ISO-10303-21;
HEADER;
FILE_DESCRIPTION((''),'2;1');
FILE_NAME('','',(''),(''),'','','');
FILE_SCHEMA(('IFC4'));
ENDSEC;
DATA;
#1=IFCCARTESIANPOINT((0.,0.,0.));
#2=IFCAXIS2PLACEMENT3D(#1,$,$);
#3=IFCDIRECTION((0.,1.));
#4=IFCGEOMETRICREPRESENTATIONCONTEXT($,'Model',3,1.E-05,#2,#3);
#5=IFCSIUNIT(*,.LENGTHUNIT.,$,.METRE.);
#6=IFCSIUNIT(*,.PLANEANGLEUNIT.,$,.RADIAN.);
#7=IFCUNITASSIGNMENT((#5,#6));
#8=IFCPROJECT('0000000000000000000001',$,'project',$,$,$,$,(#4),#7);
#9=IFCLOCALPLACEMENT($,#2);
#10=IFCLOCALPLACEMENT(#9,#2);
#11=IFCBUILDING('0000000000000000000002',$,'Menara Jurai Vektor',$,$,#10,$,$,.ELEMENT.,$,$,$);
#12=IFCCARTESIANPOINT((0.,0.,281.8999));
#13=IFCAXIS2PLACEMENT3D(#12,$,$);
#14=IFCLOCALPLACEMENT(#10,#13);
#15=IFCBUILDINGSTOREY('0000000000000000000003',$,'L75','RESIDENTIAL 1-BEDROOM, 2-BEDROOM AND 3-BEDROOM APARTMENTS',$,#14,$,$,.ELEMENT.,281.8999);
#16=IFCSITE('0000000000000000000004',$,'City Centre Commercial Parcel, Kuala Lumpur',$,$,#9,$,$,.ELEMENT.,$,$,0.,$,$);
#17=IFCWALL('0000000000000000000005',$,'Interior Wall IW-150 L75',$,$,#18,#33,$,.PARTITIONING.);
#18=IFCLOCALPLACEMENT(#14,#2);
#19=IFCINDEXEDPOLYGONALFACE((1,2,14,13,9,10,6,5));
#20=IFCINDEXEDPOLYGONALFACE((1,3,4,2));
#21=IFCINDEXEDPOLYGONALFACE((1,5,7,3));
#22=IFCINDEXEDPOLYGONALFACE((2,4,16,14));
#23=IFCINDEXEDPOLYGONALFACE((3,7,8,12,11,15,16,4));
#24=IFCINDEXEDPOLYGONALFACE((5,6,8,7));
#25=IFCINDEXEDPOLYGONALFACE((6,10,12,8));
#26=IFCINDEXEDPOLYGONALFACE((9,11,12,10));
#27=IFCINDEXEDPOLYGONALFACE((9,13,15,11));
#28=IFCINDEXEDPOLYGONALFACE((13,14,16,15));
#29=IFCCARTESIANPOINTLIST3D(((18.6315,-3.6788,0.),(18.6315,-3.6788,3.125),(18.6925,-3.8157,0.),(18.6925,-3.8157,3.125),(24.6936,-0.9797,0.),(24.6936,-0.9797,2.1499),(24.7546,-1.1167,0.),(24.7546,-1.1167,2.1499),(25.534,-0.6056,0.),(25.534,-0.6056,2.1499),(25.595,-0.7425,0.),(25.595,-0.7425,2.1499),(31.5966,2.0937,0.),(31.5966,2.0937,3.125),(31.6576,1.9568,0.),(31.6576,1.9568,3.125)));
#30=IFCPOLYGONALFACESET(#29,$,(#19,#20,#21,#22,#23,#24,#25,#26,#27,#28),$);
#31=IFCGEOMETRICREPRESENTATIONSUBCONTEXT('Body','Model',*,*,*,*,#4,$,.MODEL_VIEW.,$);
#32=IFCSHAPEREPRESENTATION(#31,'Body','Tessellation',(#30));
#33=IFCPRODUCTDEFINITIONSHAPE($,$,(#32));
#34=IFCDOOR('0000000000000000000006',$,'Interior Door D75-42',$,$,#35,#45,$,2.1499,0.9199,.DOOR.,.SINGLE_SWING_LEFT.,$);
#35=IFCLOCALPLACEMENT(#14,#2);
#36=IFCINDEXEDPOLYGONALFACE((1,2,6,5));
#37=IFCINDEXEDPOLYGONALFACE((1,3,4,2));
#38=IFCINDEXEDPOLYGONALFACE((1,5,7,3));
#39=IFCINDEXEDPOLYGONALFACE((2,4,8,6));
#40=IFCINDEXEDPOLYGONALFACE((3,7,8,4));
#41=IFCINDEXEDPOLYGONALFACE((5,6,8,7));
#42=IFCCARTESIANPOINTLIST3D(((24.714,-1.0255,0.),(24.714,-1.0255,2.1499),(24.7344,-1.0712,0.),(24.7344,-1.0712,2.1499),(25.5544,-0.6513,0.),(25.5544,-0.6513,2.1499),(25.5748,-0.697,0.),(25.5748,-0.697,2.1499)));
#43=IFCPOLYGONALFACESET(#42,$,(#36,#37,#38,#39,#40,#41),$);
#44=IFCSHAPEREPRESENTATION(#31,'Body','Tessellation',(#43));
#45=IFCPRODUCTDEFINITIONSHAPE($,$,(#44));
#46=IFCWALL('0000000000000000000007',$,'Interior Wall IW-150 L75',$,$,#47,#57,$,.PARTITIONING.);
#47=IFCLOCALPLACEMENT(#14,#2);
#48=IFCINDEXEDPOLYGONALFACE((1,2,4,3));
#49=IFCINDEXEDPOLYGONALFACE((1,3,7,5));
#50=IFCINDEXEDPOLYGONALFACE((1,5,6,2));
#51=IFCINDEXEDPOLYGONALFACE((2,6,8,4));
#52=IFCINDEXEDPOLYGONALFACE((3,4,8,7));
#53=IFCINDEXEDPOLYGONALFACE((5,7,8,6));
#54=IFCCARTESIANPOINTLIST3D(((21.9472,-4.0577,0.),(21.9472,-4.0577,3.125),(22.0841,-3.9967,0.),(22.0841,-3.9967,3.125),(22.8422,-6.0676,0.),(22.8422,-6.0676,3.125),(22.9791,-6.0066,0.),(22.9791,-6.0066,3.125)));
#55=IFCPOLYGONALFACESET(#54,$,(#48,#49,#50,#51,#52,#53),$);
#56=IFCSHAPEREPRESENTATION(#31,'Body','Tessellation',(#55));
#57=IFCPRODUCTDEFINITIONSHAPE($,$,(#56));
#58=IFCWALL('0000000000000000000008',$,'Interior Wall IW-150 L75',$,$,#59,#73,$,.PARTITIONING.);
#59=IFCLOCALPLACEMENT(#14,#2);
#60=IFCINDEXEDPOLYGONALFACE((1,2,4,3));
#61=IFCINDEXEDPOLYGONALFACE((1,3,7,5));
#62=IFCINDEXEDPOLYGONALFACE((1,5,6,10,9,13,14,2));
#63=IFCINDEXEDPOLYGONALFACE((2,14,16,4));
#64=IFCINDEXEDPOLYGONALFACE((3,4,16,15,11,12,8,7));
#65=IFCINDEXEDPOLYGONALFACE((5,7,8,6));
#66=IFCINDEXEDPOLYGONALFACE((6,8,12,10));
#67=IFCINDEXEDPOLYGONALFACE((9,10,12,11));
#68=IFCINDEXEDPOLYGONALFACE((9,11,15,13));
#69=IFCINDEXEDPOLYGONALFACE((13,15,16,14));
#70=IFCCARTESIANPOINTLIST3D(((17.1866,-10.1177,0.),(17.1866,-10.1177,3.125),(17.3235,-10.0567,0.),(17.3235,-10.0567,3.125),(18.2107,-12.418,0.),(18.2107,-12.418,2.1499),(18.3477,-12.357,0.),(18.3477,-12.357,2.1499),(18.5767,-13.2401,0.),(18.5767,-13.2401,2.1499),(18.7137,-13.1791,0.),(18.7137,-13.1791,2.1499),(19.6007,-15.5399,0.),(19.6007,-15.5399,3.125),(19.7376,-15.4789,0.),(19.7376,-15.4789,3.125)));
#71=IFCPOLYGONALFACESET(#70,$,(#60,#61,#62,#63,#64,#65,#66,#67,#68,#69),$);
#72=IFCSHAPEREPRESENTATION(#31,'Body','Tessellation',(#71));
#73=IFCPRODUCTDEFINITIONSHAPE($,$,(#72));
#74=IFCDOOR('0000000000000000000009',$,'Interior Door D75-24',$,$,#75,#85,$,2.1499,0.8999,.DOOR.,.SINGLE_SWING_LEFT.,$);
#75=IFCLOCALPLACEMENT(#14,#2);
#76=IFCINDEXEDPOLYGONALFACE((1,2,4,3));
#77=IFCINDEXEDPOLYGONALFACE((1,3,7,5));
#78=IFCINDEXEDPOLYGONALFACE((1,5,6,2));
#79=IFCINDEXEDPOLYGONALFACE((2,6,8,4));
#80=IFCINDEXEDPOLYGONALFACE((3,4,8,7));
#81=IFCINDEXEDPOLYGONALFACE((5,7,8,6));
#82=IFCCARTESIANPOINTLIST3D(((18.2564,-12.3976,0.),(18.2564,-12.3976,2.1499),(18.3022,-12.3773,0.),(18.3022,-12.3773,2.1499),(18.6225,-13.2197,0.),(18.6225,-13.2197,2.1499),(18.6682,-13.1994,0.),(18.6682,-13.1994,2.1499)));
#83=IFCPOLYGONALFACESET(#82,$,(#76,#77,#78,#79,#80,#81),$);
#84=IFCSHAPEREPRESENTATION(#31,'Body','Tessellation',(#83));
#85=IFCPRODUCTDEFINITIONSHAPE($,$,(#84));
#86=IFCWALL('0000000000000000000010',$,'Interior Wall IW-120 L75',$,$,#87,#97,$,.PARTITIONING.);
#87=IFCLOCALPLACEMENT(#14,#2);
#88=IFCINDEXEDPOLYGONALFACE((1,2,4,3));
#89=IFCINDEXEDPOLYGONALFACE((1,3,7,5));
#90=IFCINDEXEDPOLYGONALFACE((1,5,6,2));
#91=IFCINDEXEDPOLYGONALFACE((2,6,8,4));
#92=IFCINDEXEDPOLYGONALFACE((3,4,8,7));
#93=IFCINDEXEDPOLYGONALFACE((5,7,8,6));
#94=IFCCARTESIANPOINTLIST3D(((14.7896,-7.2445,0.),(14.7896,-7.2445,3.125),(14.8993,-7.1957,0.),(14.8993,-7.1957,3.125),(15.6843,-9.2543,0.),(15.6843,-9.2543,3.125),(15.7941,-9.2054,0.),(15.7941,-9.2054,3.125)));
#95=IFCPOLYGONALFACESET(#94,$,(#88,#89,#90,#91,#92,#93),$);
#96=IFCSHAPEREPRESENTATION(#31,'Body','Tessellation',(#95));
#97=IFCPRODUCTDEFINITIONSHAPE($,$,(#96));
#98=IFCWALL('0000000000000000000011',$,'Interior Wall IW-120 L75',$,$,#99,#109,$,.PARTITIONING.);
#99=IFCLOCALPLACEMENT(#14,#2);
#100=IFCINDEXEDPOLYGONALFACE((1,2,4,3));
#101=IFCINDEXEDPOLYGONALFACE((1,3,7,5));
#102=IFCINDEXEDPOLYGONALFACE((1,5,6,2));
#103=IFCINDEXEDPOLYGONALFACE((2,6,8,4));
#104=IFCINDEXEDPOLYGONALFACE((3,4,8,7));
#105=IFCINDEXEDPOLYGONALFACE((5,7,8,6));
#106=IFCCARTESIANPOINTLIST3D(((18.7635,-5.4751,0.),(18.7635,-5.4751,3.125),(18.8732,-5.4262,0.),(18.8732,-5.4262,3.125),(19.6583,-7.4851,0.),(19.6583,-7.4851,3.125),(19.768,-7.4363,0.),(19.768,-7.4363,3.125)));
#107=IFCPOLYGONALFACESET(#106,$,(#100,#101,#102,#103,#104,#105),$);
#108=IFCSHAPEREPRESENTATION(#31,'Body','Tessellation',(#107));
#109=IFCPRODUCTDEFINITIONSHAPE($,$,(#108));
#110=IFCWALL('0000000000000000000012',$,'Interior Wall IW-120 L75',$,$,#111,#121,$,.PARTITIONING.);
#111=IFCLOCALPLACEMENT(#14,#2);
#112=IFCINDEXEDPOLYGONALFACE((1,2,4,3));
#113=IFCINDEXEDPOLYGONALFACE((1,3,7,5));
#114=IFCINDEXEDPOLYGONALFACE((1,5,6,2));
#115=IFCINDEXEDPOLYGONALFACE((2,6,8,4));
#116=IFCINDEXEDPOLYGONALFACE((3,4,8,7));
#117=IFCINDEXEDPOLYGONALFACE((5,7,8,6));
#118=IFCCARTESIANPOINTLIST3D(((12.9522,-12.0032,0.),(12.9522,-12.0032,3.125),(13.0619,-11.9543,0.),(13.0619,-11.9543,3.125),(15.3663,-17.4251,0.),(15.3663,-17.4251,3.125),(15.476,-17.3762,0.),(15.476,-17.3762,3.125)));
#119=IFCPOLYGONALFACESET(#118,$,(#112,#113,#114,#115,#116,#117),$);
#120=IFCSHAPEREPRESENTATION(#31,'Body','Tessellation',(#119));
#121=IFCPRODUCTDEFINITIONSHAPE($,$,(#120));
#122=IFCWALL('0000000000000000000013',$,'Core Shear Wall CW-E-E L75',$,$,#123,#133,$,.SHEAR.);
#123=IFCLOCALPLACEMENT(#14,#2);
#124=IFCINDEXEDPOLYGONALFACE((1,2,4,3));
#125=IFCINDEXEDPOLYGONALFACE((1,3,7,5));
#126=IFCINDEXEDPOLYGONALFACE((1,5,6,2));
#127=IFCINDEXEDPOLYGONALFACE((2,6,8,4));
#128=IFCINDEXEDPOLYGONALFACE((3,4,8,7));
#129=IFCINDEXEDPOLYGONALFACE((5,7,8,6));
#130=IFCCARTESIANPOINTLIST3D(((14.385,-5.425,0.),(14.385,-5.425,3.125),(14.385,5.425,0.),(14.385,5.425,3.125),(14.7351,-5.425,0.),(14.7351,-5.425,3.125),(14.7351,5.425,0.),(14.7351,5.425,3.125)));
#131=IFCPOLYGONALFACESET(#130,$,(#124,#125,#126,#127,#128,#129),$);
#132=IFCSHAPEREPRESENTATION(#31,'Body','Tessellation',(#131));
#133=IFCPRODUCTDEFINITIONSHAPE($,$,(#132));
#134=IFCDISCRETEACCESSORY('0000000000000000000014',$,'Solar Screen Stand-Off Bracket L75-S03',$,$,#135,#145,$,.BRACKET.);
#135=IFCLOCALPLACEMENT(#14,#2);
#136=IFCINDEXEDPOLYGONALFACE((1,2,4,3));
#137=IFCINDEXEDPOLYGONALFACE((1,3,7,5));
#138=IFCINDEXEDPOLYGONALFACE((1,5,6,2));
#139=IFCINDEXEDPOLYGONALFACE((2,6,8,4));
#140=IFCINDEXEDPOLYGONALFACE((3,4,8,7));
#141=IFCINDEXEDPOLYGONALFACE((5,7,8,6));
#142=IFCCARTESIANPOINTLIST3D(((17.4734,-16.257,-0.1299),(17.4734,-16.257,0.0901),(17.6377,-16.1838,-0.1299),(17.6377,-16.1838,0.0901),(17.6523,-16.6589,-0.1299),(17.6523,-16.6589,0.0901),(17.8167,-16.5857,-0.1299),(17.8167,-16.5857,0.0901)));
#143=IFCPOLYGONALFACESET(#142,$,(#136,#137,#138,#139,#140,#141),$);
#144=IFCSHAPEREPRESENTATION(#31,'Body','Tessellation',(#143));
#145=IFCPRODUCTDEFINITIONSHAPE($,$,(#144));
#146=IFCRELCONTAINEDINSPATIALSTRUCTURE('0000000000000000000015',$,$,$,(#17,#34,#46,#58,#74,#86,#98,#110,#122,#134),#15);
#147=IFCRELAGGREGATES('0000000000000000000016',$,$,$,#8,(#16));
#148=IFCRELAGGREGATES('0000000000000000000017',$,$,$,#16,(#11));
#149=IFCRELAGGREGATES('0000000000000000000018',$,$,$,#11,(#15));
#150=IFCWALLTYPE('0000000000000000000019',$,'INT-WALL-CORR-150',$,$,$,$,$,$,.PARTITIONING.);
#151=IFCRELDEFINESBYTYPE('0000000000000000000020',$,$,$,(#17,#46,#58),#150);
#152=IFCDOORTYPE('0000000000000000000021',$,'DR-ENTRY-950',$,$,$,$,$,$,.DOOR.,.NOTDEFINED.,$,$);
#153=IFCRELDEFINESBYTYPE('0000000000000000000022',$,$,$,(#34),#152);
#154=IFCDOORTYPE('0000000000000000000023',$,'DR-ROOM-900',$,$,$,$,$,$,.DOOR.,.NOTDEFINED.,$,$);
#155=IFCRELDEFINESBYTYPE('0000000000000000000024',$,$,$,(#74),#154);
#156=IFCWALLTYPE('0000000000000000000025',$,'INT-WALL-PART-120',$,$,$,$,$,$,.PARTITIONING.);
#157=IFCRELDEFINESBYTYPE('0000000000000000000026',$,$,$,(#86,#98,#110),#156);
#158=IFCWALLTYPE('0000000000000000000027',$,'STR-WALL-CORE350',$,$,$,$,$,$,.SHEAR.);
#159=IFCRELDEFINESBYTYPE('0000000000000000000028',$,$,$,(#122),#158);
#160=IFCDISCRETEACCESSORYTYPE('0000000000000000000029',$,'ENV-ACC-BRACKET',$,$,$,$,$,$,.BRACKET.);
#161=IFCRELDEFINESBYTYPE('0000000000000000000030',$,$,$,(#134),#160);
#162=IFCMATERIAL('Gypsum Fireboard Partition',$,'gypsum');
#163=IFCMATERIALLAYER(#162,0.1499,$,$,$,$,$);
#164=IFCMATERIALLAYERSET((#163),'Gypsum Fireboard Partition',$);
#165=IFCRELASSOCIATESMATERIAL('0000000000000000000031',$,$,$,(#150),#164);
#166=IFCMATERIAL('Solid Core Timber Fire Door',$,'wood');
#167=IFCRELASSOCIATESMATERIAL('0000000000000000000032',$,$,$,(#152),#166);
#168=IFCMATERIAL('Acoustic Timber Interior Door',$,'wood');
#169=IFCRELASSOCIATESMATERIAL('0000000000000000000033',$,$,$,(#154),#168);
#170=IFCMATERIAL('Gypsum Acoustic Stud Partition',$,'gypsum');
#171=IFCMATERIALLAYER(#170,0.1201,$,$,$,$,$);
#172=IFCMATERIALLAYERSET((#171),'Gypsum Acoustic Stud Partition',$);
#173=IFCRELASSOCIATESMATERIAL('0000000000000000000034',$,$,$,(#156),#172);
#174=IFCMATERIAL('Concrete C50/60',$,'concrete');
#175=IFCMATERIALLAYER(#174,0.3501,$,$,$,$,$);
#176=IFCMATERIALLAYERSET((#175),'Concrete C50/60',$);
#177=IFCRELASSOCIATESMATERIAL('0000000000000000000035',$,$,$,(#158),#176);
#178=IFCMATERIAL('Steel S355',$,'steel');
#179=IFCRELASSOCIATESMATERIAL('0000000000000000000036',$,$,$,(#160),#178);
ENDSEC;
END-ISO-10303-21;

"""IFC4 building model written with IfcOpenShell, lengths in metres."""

from ifc_helpers import new_model, si_unit, direction, frame, frame_2d, origin, origin_2d, place, context, subcontext, project, spatial, rectangle, extrude, material, layer, layer_set, type_object, element, fill, save


model = new_model("IFC4")

# Units and contexts
model_context = context("Model", 3, precision=1e-05, world=origin(), true_north=direction((0.0, 1.0)))
body_context = subcontext(model_context, "Body", "Model", "MODEL_VIEW")
ifc_project = project(units=[si_unit("LENGTHUNIT", "METRE"), si_unit("PLANEANGLEUNIT", "RADIAN")], contexts=[model_context])

# Site, building, storey
site_placement = place(None, origin())
site = spatial("IfcSite", under=ifc_project, at=site_placement, Name="City Centre Commercial Parcel, Kuala Lumpur", CompositionType="ELEMENT", RefElevation=0.0)
building_placement = place(site_placement, origin())
building = spatial("IfcBuilding", under=site, at=building_placement, Name="Menara Jurai Vektor", CompositionType="ELEMENT")
storey_placement = place(building_placement, frame((0.0, 0.0, 281.8999)))
storey = spatial("IfcBuildingStorey", under=building, at=storey_placement, Name="L75", Description="RESIDENTIAL 1-BEDROOM, 2-BEDROOM AND 3-BEDROOM APARTMENTS", CompositionType="ELEMENT", Elevation=281.8999)

# Shared definitions
ifc_material_1 = material(Name="Concrete C50/60", Category="concrete")

# Shared definitions
ifc_material_2 = material(Name="Steel S355", Category="steel")

# Shared definitions
ifc_material_3 = material(Name="Gypsum Fireboard Partition", Category="gypsum")
ifc_layer_1 = layer(ifc_material_3, 0.1499)
ifc_layer_set_1 = layer_set([ifc_layer_1], Name="Gypsum Fireboard Partition")
wall_type_1 = type_object("IfcWallType", Name="INT-WALL-CORR-150", PredefinedType="PARTITIONING", material=ifc_layer_set_1)
ifc_material_4 = material(Name="Solid Core Timber Fire Door", Category="wood")
door_type_1 = type_object("IfcDoorType", Name="DR-ENTRY-950", OperationType="NOTDEFINED", PredefinedType="DOOR", material=ifc_material_4)

# Wall, opening, door
wall_1_placement = place(storey_placement, frame((18.6619, -3.7473, 0.0), z_axis=(0.0, 0.0, 1.0), x_axis=(0.913545, 0.406739, 0.0)))
wall_1 = element("IfcWall", 1, at=wall_1_placement, inside=storey, type_object=wall_type_1, Name="Interior Wall IW-150 L75", PredefinedType="PARTITIONING", context=body_context, shape_type="SweptSolid", body=[
    extrude(rectangle(XDim=14.1921, YDim=0.1499, at=frame_2d((7.0962, 0.0))), origin(), (0.0, 0.0, 1.0), 3.125),
])
opening_1_placement = place(wall_1_placement, frame((6.636, 0.0, 0.0)))
opening_1 = element("IfcOpeningElement", 2, at=opening_1_placement, cuts=wall_1, PredefinedType="OPENING", context=body_context, shape_type="SweptSolid", body=[
    extrude(rectangle(XDim=0.9199, YDim=2.1499, at=frame_2d((0.46, 1.075))), frame((0.0, 0.085, 0.0), z_axis=(0.0, -1.0, 0.0), x_axis=(1.0, 0.0, 0.0)), (0.0, 0.0, 1.0), 0.1699),
])
door_1_placement = place(opening_1_placement, origin())
door_1 = element("IfcDoor", 3, at=door_1_placement, inside=storey, type_object=door_type_1, Name="Interior Door D75-42", OperationType="SINGLE_SWING_LEFT", OverallHeight=2.1499, OverallWidth=0.9199, PredefinedType="DOOR", context=body_context, shape_type="SweptSolid", body=[
    extrude(rectangle(XDim=0.9199, YDim=2.1499, at=frame_2d((0.46, 1.075))), frame((0.0, 0.0249, 0.0), z_axis=(0.0, -1.0, 0.0), x_axis=(1.0, 0.0, 0.0)), (0.0, 0.0, 1.0), 0.05),
])
fill(opening_1, door_1)
ifc_material_5 = material(Name="Acoustic Timber Interior Door", Category="wood")
door_type_2 = type_object("IfcDoorType", Name="DR-ROOM-900", OperationType="NOTDEFINED", PredefinedType="DOOR", material=ifc_material_5)

# Wall
wall_2_placement = place(storey_placement, frame((22.9106, -6.0371, 0.0), z_axis=(0.0, 0.0, 1.0), x_axis=(-0.406777, 0.913528, 0.0)))
element("IfcWall", 4, at=wall_2_placement, inside=storey, type_object=wall_type_1, Name="Interior Wall IW-150 L75", PredefinedType="PARTITIONING", context=body_context, shape_type="SweptSolid", body=[
    extrude(rectangle(XDim=2.2002, YDim=0.1499, at=frame_2d((1.1001, 0.0))), origin(), (0.0, 0.0, 1.0), 3.125),
])

# Wall, opening, door
wall_3_placement = place(storey_placement, frame((19.6692, -15.5095, 0.0), z_axis=(0.0, 0.0, 1.0), x_axis=(-0.406734, 0.913547, 0.0)))
wall_3 = element("IfcWall", 5, at=wall_3_placement, inside=storey, type_object=wall_type_1, Name="Interior Wall IW-150 L75", PredefinedType="PARTITIONING", context=body_context, shape_type="SweptSolid", body=[
    extrude(rectangle(XDim=5.9353, YDim=0.1499, at=frame_2d((2.9678, 0.0))), origin(), (0.0, 0.0, 1.0), 3.125),
])
opening_2_placement = place(wall_3_placement, frame((2.5176, 0.0, 0.0)))
opening_2 = element("IfcOpeningElement", 6, at=opening_2_placement, cuts=wall_3, PredefinedType="OPENING", context=body_context, shape_type="SweptSolid", body=[
    extrude(rectangle(XDim=0.8999, YDim=2.1499, at=frame_2d((0.45, 1.075))), frame((0.0, 0.085, 0.0), z_axis=(0.0, -1.0, 0.0), x_axis=(1.0, 0.0, 0.0)), (0.0, 0.0, 1.0), 0.1699),
])
door_2_placement = place(opening_2_placement, origin())
door_2 = element("IfcDoor", 7, at=door_2_placement, inside=storey, type_object=door_type_2, Name="Interior Door D75-24", OperationType="SINGLE_SWING_LEFT", OverallHeight=2.1499, OverallWidth=0.8999, PredefinedType="DOOR", context=body_context, shape_type="SweptSolid", body=[
    extrude(rectangle(XDim=0.8999, YDim=2.1499, at=frame_2d((0.45, 1.075))), frame((0.0, 0.0249, 0.0), z_axis=(0.0, -1.0, 0.0), x_axis=(1.0, 0.0, 0.0)), (0.0, 0.0, 1.0), 0.05),
])
fill(opening_2, door_2)

# Walls
ifc_material_6 = material(Name="Gypsum Acoustic Stud Partition", Category="gypsum")
ifc_layer_2 = layer(ifc_material_6, 0.1201)
ifc_layer_set_2 = layer_set([ifc_layer_2], Name="Gypsum Acoustic Stud Partition")
wall_type_2 = type_object("IfcWallType", Name="INT-WALL-PART-120", PredefinedType="PARTITIONING", material=ifc_layer_set_2)
wall_4_placement = place(storey_placement, frame((15.7393, -9.23, 0.0), z_axis=(0.0, 0.0, 1.0), x_axis=(-0.406725, 0.913551, 0.0)))
element("IfcWall", 8, at=wall_4_placement, inside=storey, type_object=wall_type_2, Name="Interior Wall IW-120 L75", PredefinedType="PARTITIONING", context=body_context, shape_type="SweptSolid", body=[
    extrude(rectangle(XDim=2.2, YDim=0.1201, at=frame_2d((1.1001, 0.0))), origin(), (0.0, 0.0, 1.0), 3.125),
])
wall_5_placement = place(storey_placement, frame((19.7131, -7.4607, 0.0), z_axis=(0.0, 0.0, 1.0), x_axis=(-0.406684, 0.913569, 0.0)))
element("IfcWall", 9, at=wall_5_placement, inside=storey, type_object=wall_type_2, Name="Interior Wall IW-120 L75", PredefinedType="PARTITIONING", context=body_context, shape_type="SweptSolid", body=[
    extrude(rectangle(XDim=2.2002, YDim=0.1201, at=frame_2d((1.1001, 0.0))), origin(), (0.0, 0.0, 1.0), 3.125),
])
wall_6_placement = place(storey_placement, frame((15.4211, -17.4006, 0.0), z_axis=(0.0, 0.0, 1.0), x_axis=(-0.406749, 0.91354, 0.0)))
element("IfcWall", 10, at=wall_6_placement, inside=storey, type_object=wall_type_2, Name="Interior Wall IW-120 L75", PredefinedType="PARTITIONING", context=body_context, shape_type="SweptSolid", body=[
    extrude(rectangle(XDim=5.9351, YDim=0.1201, at=frame_2d((2.9675, 0.0))), origin(), (0.0, 0.0, 1.0), 3.125),
])
ifc_layer_3 = layer(ifc_material_1, 0.3501)
ifc_layer_set_3 = layer_set([ifc_layer_3], Name="Concrete C50/60")
wall_type_3 = type_object("IfcWallType", Name="STR-WALL-CORE350", PredefinedType="SHEAR", material=ifc_layer_set_3)
wall_7_placement = place(storey_placement, frame((14.5601, -5.425, 0.0), z_axis=(0.0, 0.0, 1.0), x_axis=(0.0, 1.0, 0.0)))
element("IfcWall", 11, at=wall_7_placement, inside=storey, type_object=wall_type_3, Name="Core Shear Wall CW-E-E L75", PredefinedType="SHEAR", context=body_context, shape_type="SweptSolid", body=[
    extrude(rectangle(XDim=10.8501, YDim=0.3501, at=frame_2d((5.425, 0.0))), origin(), (0.0, 0.0, 1.0), 3.125),
])

# Discrete accessory
discrete_accessory_type = type_object("IfcDiscreteAccessoryType", Name="ENV-ACC-BRACKET", PredefinedType="BRACKET", material=ifc_material_2)
discrete_accessory_placement = place(storey_placement, frame((17.645, -16.4214, -0.1299), z_axis=(0.0, 0.0, 1.0), x_axis=(0.913545, 0.406737, 0.0)))
element("IfcDiscreteAccessory", 12, at=discrete_accessory_placement, inside=storey, type_object=discrete_accessory_type, Name="Solar Screen Stand-Off Bracket L75-S03", PredefinedType="BRACKET", context=body_context, shape_type="SweptSolid", body=[
    extrude(rectangle(XDim=0.1799, YDim=0.4399, at=origin_2d()), origin(), (0.0, 0.0, 1.0), 0.22),
])

save(model, "model.ifc")
